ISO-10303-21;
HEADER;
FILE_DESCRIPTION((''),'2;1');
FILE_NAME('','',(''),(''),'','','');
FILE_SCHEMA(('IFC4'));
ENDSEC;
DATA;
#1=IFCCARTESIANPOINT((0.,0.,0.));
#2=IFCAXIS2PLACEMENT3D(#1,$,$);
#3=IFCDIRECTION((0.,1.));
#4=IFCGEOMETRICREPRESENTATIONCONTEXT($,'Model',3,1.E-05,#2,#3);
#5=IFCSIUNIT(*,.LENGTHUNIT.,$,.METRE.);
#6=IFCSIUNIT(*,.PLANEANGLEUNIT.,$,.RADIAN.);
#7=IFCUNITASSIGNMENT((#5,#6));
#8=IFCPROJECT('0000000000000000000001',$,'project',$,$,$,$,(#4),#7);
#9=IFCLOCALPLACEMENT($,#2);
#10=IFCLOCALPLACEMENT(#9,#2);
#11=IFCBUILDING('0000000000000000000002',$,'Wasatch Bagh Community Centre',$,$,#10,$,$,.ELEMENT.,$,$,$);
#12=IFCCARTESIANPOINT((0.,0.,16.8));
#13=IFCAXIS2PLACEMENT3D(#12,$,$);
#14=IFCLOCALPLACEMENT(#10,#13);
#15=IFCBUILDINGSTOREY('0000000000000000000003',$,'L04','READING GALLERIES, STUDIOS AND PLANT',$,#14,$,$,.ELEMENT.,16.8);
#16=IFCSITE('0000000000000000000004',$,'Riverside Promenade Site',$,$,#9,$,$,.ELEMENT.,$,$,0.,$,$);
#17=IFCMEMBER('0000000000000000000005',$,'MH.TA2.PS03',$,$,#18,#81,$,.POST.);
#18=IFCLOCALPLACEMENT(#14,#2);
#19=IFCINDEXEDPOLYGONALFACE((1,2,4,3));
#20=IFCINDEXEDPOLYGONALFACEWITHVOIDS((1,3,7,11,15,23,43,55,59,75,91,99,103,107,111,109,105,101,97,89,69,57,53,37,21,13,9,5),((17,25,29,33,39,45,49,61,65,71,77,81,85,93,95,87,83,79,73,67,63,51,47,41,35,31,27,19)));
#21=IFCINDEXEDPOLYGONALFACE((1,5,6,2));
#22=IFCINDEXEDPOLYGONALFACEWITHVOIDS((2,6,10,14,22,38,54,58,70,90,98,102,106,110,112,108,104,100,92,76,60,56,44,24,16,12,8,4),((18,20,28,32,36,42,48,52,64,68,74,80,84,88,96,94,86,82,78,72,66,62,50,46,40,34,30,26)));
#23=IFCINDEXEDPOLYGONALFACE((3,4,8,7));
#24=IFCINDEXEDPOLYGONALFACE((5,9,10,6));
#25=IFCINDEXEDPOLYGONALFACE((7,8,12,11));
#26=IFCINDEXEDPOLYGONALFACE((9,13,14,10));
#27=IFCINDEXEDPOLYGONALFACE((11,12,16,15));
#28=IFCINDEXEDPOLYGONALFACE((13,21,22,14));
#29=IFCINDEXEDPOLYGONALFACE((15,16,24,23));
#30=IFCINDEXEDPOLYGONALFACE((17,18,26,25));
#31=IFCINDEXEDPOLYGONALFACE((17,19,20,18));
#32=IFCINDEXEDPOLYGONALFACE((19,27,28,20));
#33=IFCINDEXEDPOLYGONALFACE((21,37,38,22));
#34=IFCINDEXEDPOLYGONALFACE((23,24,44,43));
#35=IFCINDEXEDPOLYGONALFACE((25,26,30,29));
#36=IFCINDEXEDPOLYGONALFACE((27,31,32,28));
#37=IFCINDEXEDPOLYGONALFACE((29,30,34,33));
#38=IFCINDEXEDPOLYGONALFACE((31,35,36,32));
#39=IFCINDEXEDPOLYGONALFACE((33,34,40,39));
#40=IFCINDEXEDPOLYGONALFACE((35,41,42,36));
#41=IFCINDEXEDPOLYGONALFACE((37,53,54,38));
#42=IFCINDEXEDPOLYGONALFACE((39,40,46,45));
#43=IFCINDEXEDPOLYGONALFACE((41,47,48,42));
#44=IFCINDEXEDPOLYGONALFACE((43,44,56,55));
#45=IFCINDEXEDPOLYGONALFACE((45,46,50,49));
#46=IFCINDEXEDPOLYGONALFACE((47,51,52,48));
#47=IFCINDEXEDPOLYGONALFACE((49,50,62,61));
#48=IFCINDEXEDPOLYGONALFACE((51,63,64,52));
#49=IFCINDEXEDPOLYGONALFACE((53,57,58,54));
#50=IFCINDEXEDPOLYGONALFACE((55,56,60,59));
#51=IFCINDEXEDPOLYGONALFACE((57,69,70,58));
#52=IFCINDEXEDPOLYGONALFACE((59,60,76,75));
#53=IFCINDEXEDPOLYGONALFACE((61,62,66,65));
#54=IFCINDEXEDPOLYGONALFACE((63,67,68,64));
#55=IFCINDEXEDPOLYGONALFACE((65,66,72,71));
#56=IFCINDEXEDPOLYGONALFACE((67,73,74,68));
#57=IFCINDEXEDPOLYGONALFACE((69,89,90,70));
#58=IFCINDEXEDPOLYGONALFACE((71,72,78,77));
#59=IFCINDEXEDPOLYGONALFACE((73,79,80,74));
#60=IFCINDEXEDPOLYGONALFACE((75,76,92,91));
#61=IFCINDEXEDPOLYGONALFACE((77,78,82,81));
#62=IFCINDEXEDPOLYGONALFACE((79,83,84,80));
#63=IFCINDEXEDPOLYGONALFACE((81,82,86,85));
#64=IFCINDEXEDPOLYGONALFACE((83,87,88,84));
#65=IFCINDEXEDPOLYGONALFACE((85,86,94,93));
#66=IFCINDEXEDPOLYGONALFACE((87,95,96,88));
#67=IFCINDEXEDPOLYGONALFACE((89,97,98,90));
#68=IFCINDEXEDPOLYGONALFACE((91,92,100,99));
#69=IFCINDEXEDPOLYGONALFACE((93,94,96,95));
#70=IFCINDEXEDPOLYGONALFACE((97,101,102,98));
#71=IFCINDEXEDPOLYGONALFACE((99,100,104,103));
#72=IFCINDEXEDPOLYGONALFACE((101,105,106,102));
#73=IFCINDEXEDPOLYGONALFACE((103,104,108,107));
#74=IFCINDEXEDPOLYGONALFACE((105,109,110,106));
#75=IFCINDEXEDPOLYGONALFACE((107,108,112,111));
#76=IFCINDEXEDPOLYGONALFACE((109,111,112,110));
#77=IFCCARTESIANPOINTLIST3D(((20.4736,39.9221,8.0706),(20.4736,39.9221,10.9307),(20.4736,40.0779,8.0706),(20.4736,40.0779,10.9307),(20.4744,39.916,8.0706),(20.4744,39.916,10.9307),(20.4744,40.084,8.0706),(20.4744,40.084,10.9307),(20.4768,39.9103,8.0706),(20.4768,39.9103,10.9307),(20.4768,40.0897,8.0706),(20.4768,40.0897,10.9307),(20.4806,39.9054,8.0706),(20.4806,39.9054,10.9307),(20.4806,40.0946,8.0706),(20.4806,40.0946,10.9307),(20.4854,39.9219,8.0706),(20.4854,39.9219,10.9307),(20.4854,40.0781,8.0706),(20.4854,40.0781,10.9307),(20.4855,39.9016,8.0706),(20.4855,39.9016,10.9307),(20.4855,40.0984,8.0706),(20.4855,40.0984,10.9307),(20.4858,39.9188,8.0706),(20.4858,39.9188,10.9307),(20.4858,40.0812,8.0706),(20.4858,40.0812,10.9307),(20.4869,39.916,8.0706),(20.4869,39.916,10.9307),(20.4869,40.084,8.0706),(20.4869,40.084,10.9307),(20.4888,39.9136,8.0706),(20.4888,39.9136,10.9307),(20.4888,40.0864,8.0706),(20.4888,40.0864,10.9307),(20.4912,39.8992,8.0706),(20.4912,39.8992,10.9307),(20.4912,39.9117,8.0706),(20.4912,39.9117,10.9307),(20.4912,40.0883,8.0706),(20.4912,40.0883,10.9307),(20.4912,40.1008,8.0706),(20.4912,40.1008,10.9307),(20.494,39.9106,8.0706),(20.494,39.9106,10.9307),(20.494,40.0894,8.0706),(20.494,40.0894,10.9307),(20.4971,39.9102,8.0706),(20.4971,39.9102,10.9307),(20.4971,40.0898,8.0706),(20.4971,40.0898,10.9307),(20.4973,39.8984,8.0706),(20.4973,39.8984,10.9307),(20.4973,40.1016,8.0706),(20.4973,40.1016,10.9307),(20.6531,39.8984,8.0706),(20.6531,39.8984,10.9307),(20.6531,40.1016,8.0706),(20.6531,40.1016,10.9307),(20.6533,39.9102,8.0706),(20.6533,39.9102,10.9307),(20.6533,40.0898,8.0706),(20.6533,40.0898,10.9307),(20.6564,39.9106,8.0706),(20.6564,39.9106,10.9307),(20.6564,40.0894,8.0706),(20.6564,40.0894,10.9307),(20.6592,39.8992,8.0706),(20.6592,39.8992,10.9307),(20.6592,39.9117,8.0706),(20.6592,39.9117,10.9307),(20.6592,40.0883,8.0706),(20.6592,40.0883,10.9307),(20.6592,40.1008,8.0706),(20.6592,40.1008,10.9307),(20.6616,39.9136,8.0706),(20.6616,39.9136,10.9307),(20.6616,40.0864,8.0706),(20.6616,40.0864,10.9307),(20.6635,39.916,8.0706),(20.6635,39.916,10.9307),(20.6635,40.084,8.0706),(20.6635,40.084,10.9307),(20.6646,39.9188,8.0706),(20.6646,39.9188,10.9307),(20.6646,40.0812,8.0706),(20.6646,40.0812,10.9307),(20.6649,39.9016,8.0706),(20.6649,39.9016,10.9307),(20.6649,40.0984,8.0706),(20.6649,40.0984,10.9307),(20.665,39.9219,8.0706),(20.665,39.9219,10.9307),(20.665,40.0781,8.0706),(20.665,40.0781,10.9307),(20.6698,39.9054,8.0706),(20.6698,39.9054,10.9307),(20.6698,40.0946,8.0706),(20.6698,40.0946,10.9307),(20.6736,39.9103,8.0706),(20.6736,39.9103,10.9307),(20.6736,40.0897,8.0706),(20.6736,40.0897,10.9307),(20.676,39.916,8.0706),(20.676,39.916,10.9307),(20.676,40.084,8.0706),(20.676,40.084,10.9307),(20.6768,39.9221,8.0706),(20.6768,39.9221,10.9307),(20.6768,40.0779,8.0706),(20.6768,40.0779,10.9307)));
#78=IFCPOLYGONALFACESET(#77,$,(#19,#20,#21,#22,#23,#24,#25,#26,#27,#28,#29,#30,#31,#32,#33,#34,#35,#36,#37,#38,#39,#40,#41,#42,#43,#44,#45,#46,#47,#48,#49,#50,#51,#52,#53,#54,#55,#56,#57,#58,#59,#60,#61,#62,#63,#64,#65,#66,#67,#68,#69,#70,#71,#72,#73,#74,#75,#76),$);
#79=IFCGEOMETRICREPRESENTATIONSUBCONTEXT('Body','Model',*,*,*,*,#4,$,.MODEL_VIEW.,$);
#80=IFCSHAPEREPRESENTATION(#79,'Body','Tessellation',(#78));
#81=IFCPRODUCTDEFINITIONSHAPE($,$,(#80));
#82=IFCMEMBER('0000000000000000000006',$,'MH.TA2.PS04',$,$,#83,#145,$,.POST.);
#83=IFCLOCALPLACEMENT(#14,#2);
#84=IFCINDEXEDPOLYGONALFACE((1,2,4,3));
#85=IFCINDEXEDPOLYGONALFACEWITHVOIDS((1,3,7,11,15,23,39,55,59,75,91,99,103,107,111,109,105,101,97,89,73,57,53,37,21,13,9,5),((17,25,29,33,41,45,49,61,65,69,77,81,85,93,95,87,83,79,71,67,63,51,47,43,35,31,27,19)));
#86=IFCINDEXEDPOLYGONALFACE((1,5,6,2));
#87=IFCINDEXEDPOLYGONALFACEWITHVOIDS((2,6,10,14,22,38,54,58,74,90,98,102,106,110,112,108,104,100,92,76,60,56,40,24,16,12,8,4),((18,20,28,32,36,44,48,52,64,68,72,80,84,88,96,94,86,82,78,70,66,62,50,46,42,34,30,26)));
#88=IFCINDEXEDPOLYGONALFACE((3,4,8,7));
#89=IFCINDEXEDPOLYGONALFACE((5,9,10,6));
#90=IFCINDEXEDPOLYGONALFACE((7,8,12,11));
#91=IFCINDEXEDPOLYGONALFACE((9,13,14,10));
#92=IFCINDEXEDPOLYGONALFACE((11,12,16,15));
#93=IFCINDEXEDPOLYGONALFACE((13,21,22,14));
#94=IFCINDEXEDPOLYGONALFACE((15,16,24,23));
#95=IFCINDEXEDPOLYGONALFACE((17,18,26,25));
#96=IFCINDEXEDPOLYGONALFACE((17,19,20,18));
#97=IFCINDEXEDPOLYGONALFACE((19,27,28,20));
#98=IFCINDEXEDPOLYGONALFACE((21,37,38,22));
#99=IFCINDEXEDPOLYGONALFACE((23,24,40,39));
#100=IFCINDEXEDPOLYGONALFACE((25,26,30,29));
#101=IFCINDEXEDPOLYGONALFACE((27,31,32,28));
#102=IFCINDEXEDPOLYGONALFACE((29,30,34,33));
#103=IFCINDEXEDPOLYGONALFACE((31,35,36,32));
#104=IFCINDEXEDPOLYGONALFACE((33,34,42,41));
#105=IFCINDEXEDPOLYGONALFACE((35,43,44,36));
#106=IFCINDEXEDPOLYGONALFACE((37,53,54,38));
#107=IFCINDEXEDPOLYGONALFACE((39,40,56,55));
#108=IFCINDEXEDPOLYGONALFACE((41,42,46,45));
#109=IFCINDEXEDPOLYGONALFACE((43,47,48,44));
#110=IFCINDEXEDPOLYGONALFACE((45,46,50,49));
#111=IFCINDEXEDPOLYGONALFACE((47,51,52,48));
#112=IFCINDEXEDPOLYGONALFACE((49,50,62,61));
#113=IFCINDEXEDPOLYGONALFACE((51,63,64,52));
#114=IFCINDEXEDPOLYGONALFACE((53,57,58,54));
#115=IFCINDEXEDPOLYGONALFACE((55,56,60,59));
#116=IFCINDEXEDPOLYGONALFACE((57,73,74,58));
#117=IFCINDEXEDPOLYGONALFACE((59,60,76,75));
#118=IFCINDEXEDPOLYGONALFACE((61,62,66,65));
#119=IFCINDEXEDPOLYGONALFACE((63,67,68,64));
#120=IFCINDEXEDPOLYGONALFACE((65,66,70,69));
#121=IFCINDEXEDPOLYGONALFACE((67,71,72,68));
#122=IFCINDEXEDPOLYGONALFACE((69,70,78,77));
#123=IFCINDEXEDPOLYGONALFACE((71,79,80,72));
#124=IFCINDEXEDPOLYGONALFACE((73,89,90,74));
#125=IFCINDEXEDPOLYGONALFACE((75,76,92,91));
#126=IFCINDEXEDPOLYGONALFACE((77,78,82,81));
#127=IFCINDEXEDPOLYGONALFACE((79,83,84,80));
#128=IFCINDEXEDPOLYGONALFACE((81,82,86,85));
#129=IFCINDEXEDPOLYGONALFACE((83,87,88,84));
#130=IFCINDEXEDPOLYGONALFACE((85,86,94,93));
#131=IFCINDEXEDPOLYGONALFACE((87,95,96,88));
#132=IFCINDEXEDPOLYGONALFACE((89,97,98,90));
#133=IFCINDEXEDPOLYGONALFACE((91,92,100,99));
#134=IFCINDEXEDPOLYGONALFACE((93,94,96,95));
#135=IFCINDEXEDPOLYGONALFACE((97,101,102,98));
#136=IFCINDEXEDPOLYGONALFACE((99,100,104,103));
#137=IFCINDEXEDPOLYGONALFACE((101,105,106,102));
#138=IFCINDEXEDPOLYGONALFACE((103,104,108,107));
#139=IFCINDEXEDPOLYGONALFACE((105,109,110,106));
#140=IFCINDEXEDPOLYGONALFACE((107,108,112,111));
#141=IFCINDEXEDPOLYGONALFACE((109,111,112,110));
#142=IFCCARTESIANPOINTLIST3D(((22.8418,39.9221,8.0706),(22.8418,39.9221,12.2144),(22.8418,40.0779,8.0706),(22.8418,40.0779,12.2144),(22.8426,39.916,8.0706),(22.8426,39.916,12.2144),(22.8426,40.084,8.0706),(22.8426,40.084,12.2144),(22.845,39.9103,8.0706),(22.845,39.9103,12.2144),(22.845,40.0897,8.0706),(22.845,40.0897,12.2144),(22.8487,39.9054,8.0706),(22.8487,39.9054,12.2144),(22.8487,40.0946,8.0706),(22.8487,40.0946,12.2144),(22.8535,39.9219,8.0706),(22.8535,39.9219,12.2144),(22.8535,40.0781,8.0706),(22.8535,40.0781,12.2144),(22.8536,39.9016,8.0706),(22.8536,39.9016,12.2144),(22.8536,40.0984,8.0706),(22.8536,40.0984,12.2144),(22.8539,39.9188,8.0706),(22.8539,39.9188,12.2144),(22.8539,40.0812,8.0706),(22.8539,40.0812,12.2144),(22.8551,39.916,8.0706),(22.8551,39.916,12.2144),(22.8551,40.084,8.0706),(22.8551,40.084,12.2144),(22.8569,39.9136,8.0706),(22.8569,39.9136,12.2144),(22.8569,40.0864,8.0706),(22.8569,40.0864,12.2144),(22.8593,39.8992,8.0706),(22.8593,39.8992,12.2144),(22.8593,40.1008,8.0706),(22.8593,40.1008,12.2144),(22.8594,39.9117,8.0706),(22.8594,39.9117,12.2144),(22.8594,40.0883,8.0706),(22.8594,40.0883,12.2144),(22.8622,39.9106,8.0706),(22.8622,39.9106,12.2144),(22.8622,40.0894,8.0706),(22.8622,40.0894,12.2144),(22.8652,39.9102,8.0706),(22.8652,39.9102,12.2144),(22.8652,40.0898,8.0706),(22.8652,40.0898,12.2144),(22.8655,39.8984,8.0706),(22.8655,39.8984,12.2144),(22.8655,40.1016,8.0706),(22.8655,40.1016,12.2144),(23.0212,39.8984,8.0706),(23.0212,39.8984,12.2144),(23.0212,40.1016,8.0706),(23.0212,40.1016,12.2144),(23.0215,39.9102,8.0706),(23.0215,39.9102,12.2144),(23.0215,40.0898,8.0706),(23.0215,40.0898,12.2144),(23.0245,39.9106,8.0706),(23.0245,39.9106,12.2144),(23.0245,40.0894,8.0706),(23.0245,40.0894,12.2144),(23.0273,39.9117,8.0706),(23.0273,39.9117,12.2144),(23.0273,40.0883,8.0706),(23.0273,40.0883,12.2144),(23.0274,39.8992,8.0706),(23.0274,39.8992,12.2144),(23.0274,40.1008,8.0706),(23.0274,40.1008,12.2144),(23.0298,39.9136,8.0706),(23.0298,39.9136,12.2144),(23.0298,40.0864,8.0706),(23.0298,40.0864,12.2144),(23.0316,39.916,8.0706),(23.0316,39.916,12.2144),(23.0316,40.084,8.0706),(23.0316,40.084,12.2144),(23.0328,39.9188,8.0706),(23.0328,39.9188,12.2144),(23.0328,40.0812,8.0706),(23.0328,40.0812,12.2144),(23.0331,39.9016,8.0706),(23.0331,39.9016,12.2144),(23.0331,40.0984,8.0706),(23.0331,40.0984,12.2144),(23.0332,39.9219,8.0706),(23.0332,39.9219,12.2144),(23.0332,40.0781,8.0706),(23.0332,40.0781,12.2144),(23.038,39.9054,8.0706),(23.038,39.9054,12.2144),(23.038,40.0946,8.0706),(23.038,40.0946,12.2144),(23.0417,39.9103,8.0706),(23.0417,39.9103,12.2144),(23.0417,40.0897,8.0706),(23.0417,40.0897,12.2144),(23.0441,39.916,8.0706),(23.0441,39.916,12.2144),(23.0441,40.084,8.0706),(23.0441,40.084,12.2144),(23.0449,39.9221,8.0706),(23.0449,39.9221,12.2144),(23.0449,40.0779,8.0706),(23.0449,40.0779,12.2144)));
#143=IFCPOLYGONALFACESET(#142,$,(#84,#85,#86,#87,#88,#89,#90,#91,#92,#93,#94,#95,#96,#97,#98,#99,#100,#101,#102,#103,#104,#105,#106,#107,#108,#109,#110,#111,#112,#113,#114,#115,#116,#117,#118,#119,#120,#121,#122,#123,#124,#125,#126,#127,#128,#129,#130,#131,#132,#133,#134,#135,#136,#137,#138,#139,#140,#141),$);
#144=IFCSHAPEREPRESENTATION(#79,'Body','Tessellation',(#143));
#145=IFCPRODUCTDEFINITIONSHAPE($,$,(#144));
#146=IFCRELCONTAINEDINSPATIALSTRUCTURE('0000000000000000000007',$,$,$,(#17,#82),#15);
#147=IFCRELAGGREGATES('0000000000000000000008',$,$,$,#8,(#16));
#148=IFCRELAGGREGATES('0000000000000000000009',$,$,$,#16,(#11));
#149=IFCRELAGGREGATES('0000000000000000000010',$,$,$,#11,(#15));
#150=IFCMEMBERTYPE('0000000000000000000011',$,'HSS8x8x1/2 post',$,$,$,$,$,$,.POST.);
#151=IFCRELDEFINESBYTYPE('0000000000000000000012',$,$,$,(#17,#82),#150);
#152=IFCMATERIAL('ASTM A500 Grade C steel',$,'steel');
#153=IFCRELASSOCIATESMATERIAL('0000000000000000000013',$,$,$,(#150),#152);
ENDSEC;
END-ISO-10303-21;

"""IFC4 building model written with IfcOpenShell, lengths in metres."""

from ifc_helpers import new_model, si_unit, direction, frame, origin, origin_2d, place, context, subcontext, project, spatial, hollow_rectangle, extrude, material, material_profile, profile_set, type_object, element, save


model = new_model("IFC4")

# Units and contexts
model_context = context("Model", 3, precision=1e-05, world=origin(), true_north=direction((0.0, 1.0)))
body_context = subcontext(model_context, "Body", "Model", "MODEL_VIEW")
ifc_project = project(units=[si_unit("LENGTHUNIT", "METRE"), si_unit("PLANEANGLEUNIT", "RADIAN")], contexts=[model_context])

# Site, building, storey
site_placement = place(None, origin())
site = spatial("IfcSite", under=ifc_project, at=site_placement, Name="Riverside Promenade Site", CompositionType="ELEMENT", RefElevation=0.0)
building_placement = place(site_placement, origin())
building = spatial("IfcBuilding", under=site, at=building_placement, Name="Wasatch Bagh Community Centre", CompositionType="ELEMENT")
storey_placement = place(building_placement, frame((0.0, 0.0, 16.8)))
storey = spatial("IfcBuildingStorey", under=building, at=storey_placement, Name="L04", Description="READING GALLERIES, STUDIOS AND PLANT", CompositionType="ELEMENT", Elevation=16.8)

# Members
ifc_material_1 = material(Name="ASTM A500 Grade C steel", Category="steel")
ifc_material_profile_1 = material_profile(ifc_material_1, hollow_rectangle(XDim=0.2031, YDim=0.2031, WallThickness=0.0117, InnerFilletRadius=0.0117, OuterFilletRadius=0.0237, at=origin_2d()), Name="HSS8x8x1/2")
ifc_profile_set_1 = profile_set([ifc_material_profile_1], Name="ASTM A500 Grade C steel")
member_type_1 = type_object("IfcMemberType", Name="HSS8x8x1/2 post", PredefinedType="POST", material=ifc_profile_set_1)
member_1_placement = place(storey_placement, frame((20.5752, 40.0, 8.0706), z_axis=(0.0, 0.0, 1.0), x_axis=(1.0, 0.0, 0.0)))
element("IfcMember", 1, at=member_1_placement, inside=storey, type_object=member_type_1, Name="MH.TA2.PS03", PredefinedType="POST", context=body_context, shape_type="SweptSolid", body=[
    extrude(hollow_rectangle(XDim=0.2031, YDim=0.2031, WallThickness=0.0117, InnerFilletRadius=0.0117, OuterFilletRadius=0.0237, at=origin_2d()), origin(), (0.0, 0.0, 1.0), 2.8601),
])
member_2_placement = place(storey_placement, frame((22.9434, 40.0, 8.0706), z_axis=(0.0, 0.0, 1.0), x_axis=(1.0, 0.0, 0.0)))
element("IfcMember", 2, at=member_2_placement, inside=storey, type_object=member_type_1, Name="MH.TA2.PS04", PredefinedType="POST", context=body_context, shape_type="SweptSolid", body=[
    extrude(hollow_rectangle(XDim=0.2031, YDim=0.2031, WallThickness=0.0117, InnerFilletRadius=0.0117, OuterFilletRadius=0.0237, at=origin_2d()), origin(), (0.0, 0.0, 1.0), 4.1438),
])

save(model, "model.ifc")
